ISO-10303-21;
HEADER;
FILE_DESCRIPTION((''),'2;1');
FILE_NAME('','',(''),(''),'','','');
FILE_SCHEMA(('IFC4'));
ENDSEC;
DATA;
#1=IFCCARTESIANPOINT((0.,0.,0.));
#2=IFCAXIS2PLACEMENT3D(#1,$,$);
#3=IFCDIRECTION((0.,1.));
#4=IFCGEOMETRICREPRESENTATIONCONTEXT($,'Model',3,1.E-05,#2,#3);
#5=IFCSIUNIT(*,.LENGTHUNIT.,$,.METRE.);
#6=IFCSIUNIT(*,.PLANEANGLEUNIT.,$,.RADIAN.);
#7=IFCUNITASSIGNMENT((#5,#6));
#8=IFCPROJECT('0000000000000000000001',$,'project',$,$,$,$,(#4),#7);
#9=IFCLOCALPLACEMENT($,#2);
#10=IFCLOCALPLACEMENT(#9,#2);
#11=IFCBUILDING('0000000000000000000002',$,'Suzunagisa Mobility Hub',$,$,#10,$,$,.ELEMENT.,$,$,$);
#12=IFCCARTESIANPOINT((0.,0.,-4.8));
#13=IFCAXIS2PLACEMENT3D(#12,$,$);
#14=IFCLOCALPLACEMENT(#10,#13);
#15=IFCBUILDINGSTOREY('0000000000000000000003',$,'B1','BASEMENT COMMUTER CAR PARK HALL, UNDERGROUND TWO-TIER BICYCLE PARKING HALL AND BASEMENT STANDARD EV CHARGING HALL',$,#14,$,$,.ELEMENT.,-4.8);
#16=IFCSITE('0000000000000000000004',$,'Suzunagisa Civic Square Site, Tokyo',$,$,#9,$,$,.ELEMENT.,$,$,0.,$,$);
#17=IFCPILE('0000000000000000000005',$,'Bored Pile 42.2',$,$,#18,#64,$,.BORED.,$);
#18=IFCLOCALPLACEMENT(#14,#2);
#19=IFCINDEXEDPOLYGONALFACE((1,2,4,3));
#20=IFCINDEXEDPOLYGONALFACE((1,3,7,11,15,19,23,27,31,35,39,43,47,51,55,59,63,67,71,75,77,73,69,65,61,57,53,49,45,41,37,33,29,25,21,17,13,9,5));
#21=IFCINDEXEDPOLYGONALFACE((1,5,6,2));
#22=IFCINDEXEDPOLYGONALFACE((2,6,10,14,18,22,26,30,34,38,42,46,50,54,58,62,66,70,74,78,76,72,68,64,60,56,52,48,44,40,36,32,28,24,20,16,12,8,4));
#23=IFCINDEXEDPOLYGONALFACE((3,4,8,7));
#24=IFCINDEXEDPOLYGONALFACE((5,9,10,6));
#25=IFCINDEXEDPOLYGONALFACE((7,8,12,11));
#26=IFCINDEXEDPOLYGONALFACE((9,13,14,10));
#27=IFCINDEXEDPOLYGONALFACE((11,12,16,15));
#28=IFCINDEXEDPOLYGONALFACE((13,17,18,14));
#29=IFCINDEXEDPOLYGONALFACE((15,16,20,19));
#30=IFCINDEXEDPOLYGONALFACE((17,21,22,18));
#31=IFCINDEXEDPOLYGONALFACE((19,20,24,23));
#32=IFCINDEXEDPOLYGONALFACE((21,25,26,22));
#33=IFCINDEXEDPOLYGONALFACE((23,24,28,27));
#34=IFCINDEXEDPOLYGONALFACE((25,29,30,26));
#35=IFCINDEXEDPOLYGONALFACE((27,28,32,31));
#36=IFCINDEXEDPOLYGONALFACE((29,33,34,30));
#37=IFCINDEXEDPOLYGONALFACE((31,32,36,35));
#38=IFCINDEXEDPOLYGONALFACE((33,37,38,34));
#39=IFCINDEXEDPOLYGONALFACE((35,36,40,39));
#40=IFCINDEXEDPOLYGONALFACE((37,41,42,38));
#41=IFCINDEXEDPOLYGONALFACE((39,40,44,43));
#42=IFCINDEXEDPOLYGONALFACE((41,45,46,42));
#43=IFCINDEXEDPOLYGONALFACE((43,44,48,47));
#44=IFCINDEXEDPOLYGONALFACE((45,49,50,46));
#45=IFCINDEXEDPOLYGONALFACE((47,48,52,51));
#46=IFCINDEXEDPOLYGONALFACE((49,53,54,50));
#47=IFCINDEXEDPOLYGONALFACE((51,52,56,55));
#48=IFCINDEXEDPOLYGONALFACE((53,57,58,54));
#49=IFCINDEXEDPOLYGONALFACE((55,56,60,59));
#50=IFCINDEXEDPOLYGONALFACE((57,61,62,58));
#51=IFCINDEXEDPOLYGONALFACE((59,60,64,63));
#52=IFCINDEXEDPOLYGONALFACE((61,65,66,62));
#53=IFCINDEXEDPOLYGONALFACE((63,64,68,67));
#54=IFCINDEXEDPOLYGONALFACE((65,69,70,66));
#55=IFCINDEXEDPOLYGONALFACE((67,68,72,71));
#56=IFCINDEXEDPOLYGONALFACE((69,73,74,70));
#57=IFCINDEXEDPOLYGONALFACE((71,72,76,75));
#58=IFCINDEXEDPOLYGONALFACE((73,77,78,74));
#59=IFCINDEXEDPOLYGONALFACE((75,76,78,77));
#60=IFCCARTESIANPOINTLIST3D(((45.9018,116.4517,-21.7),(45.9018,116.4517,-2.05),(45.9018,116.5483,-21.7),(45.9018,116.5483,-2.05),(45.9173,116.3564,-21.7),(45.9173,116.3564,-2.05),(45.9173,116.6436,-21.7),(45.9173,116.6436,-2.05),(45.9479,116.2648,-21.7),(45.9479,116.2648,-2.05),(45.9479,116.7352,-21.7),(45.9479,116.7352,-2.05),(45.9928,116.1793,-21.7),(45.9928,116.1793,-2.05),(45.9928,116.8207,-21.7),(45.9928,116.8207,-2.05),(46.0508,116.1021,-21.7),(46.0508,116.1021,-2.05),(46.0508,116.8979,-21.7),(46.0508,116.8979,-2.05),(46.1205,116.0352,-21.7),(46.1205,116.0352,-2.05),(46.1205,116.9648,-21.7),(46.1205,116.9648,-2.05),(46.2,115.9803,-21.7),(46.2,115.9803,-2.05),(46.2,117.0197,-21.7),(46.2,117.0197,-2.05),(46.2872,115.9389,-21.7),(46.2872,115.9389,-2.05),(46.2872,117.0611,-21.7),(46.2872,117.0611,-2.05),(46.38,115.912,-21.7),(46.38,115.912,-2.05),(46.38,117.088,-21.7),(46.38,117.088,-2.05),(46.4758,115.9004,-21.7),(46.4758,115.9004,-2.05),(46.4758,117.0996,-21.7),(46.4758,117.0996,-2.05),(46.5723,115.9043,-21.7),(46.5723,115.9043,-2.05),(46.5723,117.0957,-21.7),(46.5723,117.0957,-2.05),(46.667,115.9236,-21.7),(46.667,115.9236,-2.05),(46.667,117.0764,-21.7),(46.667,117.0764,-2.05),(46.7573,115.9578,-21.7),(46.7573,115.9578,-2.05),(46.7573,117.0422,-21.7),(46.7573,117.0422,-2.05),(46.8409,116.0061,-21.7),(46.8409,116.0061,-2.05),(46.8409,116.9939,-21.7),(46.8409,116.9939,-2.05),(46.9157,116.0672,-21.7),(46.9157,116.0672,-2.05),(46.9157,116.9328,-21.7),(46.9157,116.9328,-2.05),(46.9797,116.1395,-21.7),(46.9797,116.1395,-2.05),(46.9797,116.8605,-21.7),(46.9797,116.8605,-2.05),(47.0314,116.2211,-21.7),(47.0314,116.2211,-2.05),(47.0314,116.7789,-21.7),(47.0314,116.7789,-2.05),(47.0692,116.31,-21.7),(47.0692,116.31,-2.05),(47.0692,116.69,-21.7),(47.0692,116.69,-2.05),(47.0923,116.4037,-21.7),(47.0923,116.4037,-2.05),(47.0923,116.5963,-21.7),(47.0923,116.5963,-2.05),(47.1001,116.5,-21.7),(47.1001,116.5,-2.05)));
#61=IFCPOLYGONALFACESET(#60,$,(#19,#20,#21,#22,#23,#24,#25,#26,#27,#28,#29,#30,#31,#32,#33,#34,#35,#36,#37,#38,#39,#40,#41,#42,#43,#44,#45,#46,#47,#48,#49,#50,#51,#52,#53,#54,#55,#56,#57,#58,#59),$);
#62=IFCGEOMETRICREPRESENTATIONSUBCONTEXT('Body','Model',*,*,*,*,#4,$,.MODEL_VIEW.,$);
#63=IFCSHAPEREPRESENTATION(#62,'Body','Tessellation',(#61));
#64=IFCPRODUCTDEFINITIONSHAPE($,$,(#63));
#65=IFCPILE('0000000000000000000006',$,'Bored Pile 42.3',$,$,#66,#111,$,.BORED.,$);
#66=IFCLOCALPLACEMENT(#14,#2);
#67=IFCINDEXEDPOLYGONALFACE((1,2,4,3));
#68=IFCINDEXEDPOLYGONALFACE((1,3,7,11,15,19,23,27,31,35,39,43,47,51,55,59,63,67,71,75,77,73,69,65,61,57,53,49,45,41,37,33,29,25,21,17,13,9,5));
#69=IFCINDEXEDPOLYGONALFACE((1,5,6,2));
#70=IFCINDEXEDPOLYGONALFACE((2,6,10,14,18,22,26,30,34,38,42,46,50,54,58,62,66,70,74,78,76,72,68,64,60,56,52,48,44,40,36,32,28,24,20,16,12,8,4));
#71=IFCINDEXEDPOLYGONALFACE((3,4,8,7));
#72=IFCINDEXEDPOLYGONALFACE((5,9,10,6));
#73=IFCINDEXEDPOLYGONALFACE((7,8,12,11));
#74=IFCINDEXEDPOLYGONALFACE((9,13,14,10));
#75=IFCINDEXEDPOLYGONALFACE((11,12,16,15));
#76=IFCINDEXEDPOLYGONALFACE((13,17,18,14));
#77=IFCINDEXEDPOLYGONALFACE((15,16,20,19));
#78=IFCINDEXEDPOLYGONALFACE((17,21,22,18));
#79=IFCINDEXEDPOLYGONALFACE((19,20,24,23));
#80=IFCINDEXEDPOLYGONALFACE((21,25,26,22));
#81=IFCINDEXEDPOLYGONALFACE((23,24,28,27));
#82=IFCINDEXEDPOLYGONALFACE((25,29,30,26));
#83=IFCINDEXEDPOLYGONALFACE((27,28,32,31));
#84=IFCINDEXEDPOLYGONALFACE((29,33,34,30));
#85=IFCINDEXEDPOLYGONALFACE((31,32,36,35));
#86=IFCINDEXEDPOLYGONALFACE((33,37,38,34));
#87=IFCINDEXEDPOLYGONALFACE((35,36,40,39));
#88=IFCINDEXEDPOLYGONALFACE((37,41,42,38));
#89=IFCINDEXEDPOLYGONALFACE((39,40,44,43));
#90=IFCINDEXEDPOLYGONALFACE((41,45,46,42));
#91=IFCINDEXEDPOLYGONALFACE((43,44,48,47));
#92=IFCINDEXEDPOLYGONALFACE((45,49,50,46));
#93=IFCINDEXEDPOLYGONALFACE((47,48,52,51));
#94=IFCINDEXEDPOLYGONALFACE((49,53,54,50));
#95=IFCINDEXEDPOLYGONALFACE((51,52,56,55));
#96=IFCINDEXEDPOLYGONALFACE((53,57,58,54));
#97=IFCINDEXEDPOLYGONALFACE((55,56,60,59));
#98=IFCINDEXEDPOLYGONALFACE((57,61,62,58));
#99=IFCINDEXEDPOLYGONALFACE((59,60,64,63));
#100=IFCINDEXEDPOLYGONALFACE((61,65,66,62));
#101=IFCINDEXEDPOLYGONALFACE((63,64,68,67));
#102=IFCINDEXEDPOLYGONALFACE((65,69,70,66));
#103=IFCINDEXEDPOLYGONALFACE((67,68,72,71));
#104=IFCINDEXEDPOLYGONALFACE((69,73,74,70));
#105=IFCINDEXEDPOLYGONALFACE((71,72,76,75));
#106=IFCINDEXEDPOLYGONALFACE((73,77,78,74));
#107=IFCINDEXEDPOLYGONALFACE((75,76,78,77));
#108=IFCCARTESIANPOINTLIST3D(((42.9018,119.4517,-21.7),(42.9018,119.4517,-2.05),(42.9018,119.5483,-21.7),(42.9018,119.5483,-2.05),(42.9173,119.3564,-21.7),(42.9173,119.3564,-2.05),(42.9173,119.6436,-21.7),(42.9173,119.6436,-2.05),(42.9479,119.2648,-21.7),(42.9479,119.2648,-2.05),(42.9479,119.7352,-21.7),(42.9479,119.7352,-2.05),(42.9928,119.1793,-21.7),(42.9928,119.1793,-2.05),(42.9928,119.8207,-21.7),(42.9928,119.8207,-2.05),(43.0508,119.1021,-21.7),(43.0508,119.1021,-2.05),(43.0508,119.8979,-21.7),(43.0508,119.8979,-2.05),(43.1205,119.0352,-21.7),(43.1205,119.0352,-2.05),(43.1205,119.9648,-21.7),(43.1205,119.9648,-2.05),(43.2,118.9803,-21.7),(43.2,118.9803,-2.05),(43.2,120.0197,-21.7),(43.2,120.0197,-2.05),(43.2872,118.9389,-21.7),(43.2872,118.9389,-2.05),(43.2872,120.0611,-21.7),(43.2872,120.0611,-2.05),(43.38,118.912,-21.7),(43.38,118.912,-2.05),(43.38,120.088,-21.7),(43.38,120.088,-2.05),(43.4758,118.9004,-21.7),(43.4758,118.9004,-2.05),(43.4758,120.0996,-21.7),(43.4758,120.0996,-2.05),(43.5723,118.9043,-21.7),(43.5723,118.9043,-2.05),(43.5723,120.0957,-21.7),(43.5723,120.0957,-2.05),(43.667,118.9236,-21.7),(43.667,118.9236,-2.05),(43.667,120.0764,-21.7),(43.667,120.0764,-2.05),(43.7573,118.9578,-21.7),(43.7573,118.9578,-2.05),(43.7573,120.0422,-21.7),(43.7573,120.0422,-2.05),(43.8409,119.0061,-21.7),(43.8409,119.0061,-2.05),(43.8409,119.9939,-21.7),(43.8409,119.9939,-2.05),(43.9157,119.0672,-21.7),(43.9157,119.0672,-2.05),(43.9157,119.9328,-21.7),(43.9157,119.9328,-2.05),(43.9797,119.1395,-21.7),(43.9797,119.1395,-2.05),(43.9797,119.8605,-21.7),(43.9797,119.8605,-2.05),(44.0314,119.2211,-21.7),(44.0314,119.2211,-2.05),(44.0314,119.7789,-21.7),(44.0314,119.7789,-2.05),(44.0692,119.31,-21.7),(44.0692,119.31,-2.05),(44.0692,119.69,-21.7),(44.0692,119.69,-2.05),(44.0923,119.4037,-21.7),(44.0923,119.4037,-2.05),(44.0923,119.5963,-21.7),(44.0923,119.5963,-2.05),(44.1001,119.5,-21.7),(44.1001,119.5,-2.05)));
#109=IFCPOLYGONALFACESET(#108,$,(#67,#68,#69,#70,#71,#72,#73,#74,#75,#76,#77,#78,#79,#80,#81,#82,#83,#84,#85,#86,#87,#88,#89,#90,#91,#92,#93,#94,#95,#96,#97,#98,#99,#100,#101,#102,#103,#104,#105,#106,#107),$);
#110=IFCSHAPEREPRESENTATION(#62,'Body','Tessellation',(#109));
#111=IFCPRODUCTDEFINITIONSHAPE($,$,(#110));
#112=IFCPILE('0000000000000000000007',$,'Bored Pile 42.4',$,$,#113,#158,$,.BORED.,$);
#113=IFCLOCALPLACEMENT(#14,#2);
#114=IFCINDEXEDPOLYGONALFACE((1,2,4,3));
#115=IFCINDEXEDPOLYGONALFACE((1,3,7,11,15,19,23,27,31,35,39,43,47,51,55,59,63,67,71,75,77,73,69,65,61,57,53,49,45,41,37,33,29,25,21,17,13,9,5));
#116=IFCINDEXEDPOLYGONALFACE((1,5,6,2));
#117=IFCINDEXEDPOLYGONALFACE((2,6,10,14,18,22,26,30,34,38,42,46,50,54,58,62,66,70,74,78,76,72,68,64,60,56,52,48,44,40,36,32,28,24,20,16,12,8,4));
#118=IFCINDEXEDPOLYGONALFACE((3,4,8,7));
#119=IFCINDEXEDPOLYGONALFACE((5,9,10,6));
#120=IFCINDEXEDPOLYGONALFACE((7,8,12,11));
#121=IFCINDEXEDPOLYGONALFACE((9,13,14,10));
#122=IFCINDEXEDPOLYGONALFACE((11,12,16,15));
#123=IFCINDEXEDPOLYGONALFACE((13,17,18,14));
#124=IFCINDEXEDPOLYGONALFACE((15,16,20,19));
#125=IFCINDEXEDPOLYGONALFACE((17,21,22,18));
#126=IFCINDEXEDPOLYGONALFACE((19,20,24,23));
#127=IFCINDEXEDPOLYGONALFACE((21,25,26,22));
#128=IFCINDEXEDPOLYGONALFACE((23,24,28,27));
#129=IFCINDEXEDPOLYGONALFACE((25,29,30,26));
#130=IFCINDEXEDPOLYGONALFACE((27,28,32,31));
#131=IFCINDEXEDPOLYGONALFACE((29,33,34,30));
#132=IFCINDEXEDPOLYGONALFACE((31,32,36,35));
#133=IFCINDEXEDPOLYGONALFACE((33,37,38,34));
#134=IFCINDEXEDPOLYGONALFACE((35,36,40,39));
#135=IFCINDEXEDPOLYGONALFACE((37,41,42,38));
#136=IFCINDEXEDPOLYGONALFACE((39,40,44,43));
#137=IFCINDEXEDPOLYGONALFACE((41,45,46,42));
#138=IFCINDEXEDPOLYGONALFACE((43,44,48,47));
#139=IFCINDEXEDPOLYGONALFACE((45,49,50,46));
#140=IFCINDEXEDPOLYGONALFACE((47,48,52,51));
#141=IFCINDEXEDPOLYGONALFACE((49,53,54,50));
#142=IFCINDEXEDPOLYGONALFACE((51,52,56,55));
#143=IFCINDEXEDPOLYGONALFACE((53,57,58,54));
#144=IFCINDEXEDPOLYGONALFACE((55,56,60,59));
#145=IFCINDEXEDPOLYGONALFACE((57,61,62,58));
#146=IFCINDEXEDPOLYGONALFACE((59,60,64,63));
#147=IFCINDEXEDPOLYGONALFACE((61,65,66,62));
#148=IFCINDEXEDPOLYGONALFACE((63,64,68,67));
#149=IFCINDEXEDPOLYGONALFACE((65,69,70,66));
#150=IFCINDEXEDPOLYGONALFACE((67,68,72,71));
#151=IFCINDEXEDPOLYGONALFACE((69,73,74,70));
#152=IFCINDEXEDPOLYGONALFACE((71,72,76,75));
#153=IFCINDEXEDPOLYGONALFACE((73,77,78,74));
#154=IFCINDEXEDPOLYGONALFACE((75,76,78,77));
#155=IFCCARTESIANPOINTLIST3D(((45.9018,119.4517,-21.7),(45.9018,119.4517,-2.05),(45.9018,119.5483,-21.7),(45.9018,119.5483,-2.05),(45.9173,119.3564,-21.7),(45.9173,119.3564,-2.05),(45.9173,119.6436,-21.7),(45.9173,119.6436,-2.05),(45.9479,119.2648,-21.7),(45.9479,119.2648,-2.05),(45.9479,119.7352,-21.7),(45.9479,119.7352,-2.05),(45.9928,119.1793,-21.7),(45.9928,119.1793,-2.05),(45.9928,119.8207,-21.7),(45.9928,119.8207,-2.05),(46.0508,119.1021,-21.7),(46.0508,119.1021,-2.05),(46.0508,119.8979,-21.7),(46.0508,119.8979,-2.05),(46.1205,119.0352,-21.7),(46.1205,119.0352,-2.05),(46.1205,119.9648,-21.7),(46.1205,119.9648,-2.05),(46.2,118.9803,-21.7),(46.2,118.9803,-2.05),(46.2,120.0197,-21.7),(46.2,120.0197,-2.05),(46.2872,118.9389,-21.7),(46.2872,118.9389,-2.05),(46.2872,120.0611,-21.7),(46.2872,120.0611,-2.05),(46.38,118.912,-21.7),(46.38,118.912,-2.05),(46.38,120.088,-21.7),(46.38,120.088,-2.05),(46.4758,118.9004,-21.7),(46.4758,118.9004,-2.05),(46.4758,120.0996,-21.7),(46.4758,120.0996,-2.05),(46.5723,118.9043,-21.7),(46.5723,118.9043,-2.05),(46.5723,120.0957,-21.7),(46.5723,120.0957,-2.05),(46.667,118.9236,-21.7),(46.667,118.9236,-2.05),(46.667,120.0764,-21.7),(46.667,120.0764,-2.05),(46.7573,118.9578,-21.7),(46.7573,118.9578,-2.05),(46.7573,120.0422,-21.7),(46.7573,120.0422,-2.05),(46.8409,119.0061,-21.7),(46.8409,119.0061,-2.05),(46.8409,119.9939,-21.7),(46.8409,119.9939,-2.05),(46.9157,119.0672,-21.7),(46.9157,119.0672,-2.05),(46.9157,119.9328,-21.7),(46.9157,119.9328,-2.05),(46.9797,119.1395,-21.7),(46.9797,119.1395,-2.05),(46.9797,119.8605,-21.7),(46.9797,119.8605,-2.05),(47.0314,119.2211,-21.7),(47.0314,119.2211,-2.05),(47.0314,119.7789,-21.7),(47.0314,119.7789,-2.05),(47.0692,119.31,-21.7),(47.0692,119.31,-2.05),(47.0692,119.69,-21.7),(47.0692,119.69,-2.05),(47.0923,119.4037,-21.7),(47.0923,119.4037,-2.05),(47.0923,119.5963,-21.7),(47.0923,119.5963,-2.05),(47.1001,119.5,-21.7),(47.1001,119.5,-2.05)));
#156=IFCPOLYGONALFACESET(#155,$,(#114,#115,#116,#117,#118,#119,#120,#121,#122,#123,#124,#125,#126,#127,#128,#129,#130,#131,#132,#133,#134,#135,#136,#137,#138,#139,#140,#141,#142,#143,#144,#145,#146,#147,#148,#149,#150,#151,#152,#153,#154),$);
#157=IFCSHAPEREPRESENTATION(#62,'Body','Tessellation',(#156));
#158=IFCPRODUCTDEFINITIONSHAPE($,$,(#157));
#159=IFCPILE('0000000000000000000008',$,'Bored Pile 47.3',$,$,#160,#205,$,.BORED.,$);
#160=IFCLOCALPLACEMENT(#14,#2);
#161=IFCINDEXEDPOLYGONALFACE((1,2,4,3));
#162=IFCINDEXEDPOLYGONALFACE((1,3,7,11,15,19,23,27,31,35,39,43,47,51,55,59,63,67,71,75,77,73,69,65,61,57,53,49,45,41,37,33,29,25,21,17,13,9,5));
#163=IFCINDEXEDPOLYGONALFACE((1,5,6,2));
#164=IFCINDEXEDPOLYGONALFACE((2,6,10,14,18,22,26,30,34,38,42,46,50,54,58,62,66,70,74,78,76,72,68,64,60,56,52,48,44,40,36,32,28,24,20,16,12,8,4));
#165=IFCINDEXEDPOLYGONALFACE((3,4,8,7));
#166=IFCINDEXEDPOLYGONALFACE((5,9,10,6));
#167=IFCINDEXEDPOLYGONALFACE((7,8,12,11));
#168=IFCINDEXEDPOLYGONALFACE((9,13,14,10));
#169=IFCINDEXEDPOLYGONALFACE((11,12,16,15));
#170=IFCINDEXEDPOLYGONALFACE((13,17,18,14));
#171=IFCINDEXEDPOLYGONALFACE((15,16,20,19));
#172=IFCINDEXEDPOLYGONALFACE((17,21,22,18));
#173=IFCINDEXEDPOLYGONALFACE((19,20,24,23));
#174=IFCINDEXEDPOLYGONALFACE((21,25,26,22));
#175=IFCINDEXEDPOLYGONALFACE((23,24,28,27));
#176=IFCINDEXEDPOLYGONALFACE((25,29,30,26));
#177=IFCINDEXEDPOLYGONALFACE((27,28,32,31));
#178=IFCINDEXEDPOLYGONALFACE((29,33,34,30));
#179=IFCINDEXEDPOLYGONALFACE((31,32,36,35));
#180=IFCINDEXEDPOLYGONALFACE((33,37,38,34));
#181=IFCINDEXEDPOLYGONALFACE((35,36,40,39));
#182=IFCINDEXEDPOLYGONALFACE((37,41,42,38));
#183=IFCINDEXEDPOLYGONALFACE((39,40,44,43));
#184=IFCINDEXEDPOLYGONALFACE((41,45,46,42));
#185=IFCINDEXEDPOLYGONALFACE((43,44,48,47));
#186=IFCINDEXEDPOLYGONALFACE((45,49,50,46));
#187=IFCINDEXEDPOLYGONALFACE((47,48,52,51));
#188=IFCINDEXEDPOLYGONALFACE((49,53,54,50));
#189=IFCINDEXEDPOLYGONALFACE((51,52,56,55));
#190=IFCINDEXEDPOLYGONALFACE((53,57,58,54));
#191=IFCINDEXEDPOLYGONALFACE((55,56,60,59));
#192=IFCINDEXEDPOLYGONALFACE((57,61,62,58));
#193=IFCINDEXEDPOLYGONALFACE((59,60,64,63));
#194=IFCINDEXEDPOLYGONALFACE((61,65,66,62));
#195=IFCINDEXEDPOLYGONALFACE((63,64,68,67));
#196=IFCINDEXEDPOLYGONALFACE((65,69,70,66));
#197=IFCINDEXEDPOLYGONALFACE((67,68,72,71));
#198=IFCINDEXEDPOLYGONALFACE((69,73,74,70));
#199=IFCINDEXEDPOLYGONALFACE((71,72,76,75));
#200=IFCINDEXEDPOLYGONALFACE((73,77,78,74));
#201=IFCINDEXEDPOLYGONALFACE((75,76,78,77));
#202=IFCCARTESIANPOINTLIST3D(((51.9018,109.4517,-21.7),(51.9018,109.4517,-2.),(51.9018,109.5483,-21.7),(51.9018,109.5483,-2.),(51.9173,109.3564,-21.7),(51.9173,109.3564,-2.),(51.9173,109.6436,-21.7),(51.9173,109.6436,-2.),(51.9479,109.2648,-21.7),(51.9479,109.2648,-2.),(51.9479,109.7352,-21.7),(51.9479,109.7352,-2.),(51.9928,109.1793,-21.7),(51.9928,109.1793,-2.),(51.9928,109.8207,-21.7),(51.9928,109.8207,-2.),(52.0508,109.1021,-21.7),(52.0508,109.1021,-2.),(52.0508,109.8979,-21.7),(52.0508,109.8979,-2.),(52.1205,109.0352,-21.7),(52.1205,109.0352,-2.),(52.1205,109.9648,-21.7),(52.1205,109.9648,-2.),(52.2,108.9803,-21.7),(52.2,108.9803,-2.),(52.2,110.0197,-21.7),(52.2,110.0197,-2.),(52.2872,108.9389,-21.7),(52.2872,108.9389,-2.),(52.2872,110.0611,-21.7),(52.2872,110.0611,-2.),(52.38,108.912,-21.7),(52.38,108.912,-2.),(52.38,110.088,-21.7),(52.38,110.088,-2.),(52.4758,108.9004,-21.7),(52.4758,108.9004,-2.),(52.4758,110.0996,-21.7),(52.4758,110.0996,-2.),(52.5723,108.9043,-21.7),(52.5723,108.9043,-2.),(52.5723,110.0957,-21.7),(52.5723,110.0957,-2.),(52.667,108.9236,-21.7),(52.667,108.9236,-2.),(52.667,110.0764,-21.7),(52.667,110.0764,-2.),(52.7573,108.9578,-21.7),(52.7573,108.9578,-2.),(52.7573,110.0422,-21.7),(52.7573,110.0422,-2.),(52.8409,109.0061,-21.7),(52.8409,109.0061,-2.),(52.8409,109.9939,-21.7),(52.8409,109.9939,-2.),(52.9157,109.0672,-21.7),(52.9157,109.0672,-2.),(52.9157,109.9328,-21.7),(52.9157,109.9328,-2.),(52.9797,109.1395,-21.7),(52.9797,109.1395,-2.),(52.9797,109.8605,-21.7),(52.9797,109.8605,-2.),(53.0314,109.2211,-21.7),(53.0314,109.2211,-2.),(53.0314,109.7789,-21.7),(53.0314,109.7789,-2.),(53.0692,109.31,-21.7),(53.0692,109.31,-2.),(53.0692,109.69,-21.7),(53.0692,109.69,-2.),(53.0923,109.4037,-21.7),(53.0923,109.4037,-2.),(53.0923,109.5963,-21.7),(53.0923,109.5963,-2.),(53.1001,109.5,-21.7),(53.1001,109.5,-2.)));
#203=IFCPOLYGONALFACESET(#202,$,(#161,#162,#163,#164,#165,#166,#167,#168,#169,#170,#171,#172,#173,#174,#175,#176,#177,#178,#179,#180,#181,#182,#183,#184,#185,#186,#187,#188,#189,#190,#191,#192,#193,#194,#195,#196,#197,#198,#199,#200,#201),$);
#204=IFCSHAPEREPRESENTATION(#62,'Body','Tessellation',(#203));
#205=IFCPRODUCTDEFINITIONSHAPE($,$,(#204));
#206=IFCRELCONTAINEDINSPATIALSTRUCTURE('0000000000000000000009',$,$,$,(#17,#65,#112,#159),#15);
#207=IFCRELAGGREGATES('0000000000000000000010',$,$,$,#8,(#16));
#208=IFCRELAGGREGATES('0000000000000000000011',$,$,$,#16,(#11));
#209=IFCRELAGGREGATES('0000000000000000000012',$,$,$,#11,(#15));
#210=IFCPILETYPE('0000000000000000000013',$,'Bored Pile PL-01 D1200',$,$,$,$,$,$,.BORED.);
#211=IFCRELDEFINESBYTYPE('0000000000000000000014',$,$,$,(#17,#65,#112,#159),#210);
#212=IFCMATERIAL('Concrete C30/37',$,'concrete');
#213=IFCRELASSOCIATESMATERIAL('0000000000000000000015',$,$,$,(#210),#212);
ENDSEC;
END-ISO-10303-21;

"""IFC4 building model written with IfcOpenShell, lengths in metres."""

from ifc_helpers import new_model, si_unit, direction, frame, origin, origin_2d, place, context, subcontext, project, spatial, circle, extrude, material, material_profile, profile_set, type_object, element, save


model = new_model("IFC4")

# Units and contexts
model_context = context("Model", 3, precision=1e-05, world=origin(), true_north=direction((0.0, 1.0)))
body_context = subcontext(model_context, "Body", "Model", "MODEL_VIEW")
ifc_project = project(units=[si_unit("LENGTHUNIT", "METRE"), si_unit("PLANEANGLEUNIT", "RADIAN")], contexts=[model_context])

# Site, building, storey
site_placement = place(None, origin())
site = spatial("IfcSite", under=ifc_project, at=site_placement, Name="Suzunagisa Civic Square Site, Tokyo", CompositionType="ELEMENT", RefElevation=0.0)
building_placement = place(site_placement, origin())
building = spatial("IfcBuilding", under=site, at=building_placement, Name="Suzunagisa Mobility Hub", CompositionType="ELEMENT")
storey_placement = place(building_placement, frame((0.0, 0.0, -4.8)))
storey = spatial("IfcBuildingStorey", under=building, at=storey_placement, Name="B1", Description="BASEMENT COMMUTER CAR PARK HALL, UNDERGROUND TWO-TIER BICYCLE PARKING HALL AND BASEMENT STANDARD EV CHARGING HALL", CompositionType="ELEMENT", Elevation=-4.8)

# Piles
ifc_material_1 = material(Name="Concrete C30/37", Category="concrete")
ifc_material_profile_1 = material_profile(ifc_material_1, circle(Radius=0.6001, at=origin_2d()), Name="BORED PILE D1200")
ifc_profile_set_1 = profile_set([ifc_material_profile_1], Name="Concrete C30/37")
pile_type_1 = type_object("IfcPileType", Name="Bored Pile PL-01 D1200", PredefinedType="BORED", material=ifc_profile_set_1)
for number, where, z_axis, x_axis, name in (
    (1, (46.5, 116.5, -2.05), (0.0, 0.0, -1.0), (1.0, 0.0, 0.0), "Bored Pile 42.2"),
    (2, (43.5, 119.5, -2.05), (0.0, 0.0, -1.0), (1.0, 0.0, 0.0), "Bored Pile 42.3"),
    (3, (46.5, 119.5, -2.05), (0.0, 0.0, -1.0), (1.0, 0.0, 0.0), "Bored Pile 42.4"),
):
    element("IfcPile", number, at=place(storey_placement, frame(where, z_axis=z_axis, x_axis=x_axis)), inside=storey, type_object=pile_type_1, Name=name, PredefinedType="BORED", context=body_context, shape_type="SweptSolid", body=[
        extrude(circle(Radius=0.6001, at=origin_2d()), origin(), (0.0, 0.0, 1.0), 19.6499),
    ])
pile_1_placement = place(storey_placement, frame((52.5, 109.5, -2.0), z_axis=(0.0, 0.0, -1.0), x_axis=(1.0, 0.0, 0.0)))
element("IfcPile", 4, at=pile_1_placement, inside=storey, type_object=pile_type_1, Name="Bored Pile 47.3", PredefinedType="BORED", context=body_context, shape_type="SweptSolid", body=[
    extrude(circle(Radius=0.6001, at=origin_2d()), origin(), (0.0, 0.0, 1.0), 19.7),
])

save(model, "model.ifc")
